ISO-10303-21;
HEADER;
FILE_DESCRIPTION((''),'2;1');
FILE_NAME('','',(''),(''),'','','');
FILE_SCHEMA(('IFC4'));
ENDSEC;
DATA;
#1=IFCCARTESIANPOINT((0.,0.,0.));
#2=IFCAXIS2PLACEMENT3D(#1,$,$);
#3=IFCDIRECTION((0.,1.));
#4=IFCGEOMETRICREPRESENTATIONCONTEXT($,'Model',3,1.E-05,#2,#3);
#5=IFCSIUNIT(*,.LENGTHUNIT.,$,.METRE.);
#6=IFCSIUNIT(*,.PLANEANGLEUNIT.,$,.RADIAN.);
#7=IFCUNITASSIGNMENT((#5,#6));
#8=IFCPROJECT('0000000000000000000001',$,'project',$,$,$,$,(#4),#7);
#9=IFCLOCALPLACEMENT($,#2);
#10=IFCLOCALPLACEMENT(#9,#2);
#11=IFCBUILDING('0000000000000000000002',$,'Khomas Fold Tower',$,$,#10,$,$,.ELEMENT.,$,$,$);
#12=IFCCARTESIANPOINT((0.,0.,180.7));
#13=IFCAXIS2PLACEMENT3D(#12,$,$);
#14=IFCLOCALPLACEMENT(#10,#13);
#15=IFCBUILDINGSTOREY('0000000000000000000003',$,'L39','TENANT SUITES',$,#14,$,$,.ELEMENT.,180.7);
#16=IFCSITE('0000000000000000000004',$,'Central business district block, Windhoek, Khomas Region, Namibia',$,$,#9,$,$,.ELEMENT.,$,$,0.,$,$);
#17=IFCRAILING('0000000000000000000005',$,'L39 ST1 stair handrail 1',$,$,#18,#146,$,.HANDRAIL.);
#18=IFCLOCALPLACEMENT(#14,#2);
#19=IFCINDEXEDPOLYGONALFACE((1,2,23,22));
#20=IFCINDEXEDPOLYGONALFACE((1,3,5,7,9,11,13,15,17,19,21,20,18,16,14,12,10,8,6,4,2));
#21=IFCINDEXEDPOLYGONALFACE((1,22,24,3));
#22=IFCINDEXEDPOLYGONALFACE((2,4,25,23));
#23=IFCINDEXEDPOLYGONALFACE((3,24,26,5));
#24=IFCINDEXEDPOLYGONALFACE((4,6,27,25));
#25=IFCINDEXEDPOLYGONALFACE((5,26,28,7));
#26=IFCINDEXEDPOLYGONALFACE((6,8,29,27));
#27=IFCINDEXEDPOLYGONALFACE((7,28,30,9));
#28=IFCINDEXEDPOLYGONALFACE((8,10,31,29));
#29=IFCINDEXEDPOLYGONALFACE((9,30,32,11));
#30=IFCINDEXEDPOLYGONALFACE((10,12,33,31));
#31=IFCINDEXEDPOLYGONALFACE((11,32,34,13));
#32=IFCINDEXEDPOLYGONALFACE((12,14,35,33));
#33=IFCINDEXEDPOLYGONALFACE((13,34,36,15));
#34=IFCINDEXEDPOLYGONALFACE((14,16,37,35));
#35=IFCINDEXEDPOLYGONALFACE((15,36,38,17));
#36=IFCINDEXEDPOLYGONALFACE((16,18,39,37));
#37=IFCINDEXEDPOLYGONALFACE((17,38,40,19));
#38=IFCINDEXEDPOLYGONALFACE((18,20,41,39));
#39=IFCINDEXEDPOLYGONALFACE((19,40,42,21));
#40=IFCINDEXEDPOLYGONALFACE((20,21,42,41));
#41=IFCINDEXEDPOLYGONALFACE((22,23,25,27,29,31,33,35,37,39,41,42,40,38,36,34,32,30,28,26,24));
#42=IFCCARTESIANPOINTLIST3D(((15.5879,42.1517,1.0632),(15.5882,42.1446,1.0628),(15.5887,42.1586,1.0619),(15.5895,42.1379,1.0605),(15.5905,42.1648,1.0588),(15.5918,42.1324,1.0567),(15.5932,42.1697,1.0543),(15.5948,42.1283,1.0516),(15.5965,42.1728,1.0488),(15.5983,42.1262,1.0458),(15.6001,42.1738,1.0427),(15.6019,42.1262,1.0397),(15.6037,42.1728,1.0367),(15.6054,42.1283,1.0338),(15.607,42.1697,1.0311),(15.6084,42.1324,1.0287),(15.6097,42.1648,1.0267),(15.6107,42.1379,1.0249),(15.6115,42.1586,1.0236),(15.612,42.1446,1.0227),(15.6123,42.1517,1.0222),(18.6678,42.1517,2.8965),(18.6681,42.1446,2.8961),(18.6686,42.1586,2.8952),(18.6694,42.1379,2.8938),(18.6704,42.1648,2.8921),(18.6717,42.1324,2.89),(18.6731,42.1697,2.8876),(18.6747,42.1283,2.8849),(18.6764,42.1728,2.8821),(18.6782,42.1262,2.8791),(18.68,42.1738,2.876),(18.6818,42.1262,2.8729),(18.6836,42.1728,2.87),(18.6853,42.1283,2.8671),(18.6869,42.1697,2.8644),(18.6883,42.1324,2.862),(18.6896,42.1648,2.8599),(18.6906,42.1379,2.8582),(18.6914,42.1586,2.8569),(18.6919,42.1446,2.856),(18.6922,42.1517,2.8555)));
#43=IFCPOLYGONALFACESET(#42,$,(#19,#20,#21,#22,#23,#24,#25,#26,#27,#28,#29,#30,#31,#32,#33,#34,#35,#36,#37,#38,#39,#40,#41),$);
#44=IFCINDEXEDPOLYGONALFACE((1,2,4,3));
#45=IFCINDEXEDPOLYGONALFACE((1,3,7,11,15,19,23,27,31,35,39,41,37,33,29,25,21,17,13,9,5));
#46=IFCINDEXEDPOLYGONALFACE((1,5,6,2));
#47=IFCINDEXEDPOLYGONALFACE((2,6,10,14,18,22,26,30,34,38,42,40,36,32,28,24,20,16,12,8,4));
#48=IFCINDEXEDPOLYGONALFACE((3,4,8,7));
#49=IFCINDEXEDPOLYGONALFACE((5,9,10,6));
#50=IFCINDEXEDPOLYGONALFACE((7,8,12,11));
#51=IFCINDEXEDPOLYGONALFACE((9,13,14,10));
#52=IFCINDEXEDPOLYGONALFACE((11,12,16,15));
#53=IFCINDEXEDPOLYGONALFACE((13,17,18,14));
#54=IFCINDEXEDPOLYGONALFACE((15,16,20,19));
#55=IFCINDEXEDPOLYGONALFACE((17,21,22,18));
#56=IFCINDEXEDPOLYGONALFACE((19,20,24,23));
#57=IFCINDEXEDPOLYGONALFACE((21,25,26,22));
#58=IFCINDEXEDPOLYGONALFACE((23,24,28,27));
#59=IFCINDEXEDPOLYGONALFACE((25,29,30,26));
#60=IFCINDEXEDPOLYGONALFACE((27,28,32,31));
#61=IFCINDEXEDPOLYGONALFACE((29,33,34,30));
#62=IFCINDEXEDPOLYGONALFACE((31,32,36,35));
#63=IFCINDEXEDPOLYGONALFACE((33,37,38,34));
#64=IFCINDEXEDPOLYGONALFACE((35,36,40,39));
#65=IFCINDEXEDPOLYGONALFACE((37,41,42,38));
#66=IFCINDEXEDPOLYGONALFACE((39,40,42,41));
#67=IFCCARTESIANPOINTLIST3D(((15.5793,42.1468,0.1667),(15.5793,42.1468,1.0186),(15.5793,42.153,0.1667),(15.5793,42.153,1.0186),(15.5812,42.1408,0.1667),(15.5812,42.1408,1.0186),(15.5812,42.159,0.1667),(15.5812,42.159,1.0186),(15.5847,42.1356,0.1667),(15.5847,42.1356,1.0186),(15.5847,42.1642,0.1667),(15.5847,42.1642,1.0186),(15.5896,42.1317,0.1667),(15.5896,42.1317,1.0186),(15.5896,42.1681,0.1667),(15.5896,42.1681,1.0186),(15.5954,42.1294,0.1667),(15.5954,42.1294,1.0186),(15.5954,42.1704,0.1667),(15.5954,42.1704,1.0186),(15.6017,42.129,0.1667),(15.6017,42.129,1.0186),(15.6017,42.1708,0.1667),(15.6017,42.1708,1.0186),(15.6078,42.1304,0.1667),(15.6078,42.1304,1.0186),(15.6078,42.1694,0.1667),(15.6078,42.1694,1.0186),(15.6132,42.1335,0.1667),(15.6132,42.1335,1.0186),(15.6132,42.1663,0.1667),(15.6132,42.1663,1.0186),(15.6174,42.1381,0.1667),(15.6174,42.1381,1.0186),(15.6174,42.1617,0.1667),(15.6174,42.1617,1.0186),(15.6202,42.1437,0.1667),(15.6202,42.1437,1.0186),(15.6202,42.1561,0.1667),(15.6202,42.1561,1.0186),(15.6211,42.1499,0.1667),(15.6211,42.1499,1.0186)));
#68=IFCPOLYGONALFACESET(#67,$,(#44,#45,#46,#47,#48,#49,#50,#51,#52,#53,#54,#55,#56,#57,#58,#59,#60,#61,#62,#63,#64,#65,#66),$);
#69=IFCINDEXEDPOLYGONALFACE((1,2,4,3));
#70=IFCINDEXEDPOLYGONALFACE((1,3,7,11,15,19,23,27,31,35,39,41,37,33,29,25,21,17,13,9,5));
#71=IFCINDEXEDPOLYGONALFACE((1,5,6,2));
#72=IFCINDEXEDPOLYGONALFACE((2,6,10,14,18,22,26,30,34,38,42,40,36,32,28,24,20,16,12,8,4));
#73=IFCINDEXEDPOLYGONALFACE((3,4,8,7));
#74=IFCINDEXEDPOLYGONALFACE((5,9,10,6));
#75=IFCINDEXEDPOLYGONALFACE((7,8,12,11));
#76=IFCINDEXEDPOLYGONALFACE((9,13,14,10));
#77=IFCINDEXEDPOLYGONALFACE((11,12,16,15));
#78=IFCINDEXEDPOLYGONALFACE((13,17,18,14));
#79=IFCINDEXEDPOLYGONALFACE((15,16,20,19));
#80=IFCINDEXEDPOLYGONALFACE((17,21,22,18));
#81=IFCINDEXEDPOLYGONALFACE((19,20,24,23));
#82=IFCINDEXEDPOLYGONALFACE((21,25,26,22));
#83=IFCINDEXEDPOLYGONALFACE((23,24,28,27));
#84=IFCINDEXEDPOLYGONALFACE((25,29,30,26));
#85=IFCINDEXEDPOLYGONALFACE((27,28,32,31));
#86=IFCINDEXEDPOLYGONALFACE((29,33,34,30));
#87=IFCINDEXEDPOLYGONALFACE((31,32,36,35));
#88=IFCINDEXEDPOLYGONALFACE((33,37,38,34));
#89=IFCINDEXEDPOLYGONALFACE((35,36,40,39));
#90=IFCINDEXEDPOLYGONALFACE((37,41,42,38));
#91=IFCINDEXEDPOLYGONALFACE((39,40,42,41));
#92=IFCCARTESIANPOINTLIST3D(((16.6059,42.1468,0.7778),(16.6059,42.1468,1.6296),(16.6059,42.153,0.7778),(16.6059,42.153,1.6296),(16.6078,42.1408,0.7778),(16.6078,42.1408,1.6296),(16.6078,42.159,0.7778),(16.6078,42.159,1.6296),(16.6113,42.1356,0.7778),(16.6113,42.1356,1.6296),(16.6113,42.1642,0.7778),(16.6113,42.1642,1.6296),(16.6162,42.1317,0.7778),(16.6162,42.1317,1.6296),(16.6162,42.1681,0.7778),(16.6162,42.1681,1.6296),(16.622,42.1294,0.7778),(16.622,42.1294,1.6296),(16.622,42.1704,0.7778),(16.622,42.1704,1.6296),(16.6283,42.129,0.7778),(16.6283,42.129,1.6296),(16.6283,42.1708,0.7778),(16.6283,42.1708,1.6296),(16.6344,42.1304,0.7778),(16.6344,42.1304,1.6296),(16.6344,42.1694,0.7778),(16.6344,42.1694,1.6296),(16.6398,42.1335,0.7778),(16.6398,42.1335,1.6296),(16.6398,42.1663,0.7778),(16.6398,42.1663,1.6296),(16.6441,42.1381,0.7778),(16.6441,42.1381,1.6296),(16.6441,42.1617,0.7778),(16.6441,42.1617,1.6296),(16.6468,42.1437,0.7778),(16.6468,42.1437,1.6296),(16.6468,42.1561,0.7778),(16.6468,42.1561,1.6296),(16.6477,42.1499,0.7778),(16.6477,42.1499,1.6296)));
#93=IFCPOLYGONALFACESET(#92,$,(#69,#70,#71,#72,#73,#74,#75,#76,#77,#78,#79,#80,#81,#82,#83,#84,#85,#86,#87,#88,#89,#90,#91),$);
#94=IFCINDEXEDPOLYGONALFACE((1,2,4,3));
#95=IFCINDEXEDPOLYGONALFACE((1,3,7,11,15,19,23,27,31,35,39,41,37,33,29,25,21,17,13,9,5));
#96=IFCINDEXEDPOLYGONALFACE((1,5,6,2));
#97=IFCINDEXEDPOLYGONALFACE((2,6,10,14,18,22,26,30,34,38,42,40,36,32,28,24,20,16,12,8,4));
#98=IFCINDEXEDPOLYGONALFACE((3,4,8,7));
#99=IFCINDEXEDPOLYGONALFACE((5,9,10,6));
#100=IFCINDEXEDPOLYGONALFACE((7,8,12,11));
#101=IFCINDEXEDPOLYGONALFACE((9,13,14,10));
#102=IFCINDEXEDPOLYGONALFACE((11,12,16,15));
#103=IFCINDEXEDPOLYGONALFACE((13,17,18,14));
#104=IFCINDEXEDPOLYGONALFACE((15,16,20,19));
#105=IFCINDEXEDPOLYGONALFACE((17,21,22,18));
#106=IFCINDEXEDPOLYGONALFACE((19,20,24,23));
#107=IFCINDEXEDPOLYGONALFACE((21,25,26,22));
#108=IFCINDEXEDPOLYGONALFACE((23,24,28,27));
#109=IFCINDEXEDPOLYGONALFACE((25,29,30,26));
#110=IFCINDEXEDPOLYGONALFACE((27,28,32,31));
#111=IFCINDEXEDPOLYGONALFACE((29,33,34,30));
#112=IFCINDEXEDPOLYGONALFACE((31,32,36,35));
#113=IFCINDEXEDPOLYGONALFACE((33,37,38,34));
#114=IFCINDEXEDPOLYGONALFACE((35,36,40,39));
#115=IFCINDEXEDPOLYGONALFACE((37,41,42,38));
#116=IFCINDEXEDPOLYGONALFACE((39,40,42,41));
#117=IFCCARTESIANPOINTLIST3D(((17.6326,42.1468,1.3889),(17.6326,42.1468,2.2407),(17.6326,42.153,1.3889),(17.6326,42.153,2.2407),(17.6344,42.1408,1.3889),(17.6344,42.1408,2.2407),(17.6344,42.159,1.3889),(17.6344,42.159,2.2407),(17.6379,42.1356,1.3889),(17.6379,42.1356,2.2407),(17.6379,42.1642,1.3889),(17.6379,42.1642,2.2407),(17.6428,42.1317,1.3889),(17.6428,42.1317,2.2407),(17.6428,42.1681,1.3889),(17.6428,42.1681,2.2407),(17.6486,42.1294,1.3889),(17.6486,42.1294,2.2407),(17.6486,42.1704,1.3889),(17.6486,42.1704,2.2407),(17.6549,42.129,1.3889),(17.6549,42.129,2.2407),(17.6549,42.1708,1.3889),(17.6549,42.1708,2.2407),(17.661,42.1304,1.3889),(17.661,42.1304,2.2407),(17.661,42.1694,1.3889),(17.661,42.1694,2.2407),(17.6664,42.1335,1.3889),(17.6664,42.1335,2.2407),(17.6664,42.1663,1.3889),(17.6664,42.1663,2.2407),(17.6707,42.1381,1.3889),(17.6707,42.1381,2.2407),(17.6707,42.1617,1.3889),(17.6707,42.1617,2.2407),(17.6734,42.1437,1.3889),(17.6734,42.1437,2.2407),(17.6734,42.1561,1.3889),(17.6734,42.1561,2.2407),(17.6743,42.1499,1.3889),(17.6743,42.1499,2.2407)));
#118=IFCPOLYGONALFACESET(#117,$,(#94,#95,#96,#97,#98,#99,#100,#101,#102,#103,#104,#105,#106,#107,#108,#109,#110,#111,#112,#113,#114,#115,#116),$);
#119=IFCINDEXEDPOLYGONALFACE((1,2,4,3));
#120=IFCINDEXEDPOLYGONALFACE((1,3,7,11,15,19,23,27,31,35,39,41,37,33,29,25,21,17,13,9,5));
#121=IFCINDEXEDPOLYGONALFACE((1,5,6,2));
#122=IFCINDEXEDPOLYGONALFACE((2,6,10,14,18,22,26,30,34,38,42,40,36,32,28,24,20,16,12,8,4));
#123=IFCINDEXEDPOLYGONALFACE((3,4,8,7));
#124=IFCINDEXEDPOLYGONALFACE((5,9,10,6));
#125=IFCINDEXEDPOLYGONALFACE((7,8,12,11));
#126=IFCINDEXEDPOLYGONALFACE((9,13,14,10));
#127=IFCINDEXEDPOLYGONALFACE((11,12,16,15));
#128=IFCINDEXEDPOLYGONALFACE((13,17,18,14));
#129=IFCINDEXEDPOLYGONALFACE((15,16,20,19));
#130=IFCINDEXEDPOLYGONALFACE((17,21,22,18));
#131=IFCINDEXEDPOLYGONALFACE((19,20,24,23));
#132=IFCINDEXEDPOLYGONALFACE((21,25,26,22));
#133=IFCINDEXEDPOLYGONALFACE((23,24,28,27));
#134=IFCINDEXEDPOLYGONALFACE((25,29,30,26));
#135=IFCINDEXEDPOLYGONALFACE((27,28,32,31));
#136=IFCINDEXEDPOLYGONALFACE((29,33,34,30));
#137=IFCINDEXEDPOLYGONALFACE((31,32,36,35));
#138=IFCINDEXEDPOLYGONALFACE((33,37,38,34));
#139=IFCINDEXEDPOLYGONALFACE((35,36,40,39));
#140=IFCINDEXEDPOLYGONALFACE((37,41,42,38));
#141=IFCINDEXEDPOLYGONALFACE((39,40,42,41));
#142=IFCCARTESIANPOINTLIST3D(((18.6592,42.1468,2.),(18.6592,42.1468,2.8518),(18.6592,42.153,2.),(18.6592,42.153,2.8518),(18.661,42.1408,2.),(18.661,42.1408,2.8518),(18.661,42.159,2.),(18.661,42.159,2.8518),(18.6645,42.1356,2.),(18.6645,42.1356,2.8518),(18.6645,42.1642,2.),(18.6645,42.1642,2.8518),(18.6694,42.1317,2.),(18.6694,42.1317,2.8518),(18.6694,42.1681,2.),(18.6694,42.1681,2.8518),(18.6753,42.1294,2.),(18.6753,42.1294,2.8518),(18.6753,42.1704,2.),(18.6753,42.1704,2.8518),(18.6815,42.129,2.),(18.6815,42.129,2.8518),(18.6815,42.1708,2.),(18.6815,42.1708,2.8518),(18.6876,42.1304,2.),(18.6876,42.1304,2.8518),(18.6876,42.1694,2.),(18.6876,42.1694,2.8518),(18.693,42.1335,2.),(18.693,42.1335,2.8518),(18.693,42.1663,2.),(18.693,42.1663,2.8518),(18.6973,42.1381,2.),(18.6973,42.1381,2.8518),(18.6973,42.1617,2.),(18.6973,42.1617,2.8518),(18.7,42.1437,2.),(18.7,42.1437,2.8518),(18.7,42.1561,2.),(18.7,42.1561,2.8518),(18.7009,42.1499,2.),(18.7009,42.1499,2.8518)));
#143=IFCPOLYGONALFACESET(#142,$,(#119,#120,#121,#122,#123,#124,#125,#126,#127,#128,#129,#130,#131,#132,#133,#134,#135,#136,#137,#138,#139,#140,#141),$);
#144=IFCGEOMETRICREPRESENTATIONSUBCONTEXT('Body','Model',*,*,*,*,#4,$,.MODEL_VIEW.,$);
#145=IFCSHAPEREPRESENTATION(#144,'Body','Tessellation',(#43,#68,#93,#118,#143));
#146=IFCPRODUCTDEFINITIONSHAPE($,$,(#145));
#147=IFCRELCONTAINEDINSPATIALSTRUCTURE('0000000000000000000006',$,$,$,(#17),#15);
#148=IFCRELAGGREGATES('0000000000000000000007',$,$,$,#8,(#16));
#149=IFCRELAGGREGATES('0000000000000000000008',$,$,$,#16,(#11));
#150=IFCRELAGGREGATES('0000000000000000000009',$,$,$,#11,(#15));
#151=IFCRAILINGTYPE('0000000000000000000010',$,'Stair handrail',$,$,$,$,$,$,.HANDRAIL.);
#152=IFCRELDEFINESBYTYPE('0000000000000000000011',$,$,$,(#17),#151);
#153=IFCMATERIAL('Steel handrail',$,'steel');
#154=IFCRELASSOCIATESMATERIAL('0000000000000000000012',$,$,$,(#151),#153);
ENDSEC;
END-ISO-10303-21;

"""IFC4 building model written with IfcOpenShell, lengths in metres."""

from ifc_helpers import new_model, si_unit, direction, frame, origin, origin_2d, place, context, subcontext, project, spatial, circle, extrude, source, transform, mapped, material, type_object, element, save


model = new_model("IFC4")

# Units and contexts
model_context = context("Model", 3, precision=1e-05, world=origin(), true_north=direction((0.0, 1.0)))
body_context = subcontext(model_context, "Body", "Model", "MODEL_VIEW")
ifc_project = project(units=[si_unit("LENGTHUNIT", "METRE"), si_unit("PLANEANGLEUNIT", "RADIAN")], contexts=[model_context])

# Site, building, storey
site_placement = place(None, origin())
site = spatial("IfcSite", under=ifc_project, at=site_placement, Name="Central business district block, Windhoek, Khomas Region, Namibia", CompositionType="ELEMENT", RefElevation=0.0)
building_placement = place(site_placement, origin())
building = spatial("IfcBuilding", under=site, at=building_placement, Name="Khomas Fold Tower", CompositionType="ELEMENT")
storey_placement = place(building_placement, frame((0.0, 0.0, 180.7)))
storey = spatial("IfcBuildingStorey", under=building, at=storey_placement, Name="L39", Description="TENANT SUITES", CompositionType="ELEMENT", Elevation=180.7)

# Railing
ifc_material_1 = material(Name="Steel handrail", Category="steel")
railing_type_1 = type_object("IfcRailingType", Name="Stair handrail", PredefinedType="HANDRAIL", material=ifc_material_1)
shared_shape_1 = source(origin(), body_context, "Body", "SweptSolid", [
    extrude(circle(Radius=0.0239, at=origin_2d()), frame((0.0, 0.0, 0.876), z_axis=(0.859291, 0.0, 0.511487), x_axis=(0.0, 1.0, 0.0)), (0.0, 0.0, 1.0), 3.5842),
    extrude(circle(Radius=0.021, at=origin_2d()), origin(), (0.0, 0.0, 1.0), 0.8518),
    extrude(circle(Radius=0.021, at=origin_2d()), frame((1.0266, 0.0, 0.6111)), (0.0, 0.0, 1.0), 0.8518),
    extrude(circle(Radius=0.021, at=origin_2d()), frame((2.0532, 0.0, 1.2222)), (0.0, 0.0, 1.0), 0.8518),
    extrude(circle(Radius=0.021, at=origin_2d()), frame((3.0798, 0.0, 1.8333)), (0.0, 0.0, 1.0), 0.8518),
])
railing_1_placement = place(storey_placement, frame((15.6001, 42.1499, 0.1667)))
element("IfcRailing", 1, at=railing_1_placement, inside=storey, type_object=railing_type_1, Name="L39 ST1 stair handrail 1", PredefinedType="HANDRAIL", context=body_context, shape_type="MappedRepresentation", body=[
    mapped(shared_shape_1, transform((0.0, 0.0, 0.0))),
])

save(model, "model.ifc")
